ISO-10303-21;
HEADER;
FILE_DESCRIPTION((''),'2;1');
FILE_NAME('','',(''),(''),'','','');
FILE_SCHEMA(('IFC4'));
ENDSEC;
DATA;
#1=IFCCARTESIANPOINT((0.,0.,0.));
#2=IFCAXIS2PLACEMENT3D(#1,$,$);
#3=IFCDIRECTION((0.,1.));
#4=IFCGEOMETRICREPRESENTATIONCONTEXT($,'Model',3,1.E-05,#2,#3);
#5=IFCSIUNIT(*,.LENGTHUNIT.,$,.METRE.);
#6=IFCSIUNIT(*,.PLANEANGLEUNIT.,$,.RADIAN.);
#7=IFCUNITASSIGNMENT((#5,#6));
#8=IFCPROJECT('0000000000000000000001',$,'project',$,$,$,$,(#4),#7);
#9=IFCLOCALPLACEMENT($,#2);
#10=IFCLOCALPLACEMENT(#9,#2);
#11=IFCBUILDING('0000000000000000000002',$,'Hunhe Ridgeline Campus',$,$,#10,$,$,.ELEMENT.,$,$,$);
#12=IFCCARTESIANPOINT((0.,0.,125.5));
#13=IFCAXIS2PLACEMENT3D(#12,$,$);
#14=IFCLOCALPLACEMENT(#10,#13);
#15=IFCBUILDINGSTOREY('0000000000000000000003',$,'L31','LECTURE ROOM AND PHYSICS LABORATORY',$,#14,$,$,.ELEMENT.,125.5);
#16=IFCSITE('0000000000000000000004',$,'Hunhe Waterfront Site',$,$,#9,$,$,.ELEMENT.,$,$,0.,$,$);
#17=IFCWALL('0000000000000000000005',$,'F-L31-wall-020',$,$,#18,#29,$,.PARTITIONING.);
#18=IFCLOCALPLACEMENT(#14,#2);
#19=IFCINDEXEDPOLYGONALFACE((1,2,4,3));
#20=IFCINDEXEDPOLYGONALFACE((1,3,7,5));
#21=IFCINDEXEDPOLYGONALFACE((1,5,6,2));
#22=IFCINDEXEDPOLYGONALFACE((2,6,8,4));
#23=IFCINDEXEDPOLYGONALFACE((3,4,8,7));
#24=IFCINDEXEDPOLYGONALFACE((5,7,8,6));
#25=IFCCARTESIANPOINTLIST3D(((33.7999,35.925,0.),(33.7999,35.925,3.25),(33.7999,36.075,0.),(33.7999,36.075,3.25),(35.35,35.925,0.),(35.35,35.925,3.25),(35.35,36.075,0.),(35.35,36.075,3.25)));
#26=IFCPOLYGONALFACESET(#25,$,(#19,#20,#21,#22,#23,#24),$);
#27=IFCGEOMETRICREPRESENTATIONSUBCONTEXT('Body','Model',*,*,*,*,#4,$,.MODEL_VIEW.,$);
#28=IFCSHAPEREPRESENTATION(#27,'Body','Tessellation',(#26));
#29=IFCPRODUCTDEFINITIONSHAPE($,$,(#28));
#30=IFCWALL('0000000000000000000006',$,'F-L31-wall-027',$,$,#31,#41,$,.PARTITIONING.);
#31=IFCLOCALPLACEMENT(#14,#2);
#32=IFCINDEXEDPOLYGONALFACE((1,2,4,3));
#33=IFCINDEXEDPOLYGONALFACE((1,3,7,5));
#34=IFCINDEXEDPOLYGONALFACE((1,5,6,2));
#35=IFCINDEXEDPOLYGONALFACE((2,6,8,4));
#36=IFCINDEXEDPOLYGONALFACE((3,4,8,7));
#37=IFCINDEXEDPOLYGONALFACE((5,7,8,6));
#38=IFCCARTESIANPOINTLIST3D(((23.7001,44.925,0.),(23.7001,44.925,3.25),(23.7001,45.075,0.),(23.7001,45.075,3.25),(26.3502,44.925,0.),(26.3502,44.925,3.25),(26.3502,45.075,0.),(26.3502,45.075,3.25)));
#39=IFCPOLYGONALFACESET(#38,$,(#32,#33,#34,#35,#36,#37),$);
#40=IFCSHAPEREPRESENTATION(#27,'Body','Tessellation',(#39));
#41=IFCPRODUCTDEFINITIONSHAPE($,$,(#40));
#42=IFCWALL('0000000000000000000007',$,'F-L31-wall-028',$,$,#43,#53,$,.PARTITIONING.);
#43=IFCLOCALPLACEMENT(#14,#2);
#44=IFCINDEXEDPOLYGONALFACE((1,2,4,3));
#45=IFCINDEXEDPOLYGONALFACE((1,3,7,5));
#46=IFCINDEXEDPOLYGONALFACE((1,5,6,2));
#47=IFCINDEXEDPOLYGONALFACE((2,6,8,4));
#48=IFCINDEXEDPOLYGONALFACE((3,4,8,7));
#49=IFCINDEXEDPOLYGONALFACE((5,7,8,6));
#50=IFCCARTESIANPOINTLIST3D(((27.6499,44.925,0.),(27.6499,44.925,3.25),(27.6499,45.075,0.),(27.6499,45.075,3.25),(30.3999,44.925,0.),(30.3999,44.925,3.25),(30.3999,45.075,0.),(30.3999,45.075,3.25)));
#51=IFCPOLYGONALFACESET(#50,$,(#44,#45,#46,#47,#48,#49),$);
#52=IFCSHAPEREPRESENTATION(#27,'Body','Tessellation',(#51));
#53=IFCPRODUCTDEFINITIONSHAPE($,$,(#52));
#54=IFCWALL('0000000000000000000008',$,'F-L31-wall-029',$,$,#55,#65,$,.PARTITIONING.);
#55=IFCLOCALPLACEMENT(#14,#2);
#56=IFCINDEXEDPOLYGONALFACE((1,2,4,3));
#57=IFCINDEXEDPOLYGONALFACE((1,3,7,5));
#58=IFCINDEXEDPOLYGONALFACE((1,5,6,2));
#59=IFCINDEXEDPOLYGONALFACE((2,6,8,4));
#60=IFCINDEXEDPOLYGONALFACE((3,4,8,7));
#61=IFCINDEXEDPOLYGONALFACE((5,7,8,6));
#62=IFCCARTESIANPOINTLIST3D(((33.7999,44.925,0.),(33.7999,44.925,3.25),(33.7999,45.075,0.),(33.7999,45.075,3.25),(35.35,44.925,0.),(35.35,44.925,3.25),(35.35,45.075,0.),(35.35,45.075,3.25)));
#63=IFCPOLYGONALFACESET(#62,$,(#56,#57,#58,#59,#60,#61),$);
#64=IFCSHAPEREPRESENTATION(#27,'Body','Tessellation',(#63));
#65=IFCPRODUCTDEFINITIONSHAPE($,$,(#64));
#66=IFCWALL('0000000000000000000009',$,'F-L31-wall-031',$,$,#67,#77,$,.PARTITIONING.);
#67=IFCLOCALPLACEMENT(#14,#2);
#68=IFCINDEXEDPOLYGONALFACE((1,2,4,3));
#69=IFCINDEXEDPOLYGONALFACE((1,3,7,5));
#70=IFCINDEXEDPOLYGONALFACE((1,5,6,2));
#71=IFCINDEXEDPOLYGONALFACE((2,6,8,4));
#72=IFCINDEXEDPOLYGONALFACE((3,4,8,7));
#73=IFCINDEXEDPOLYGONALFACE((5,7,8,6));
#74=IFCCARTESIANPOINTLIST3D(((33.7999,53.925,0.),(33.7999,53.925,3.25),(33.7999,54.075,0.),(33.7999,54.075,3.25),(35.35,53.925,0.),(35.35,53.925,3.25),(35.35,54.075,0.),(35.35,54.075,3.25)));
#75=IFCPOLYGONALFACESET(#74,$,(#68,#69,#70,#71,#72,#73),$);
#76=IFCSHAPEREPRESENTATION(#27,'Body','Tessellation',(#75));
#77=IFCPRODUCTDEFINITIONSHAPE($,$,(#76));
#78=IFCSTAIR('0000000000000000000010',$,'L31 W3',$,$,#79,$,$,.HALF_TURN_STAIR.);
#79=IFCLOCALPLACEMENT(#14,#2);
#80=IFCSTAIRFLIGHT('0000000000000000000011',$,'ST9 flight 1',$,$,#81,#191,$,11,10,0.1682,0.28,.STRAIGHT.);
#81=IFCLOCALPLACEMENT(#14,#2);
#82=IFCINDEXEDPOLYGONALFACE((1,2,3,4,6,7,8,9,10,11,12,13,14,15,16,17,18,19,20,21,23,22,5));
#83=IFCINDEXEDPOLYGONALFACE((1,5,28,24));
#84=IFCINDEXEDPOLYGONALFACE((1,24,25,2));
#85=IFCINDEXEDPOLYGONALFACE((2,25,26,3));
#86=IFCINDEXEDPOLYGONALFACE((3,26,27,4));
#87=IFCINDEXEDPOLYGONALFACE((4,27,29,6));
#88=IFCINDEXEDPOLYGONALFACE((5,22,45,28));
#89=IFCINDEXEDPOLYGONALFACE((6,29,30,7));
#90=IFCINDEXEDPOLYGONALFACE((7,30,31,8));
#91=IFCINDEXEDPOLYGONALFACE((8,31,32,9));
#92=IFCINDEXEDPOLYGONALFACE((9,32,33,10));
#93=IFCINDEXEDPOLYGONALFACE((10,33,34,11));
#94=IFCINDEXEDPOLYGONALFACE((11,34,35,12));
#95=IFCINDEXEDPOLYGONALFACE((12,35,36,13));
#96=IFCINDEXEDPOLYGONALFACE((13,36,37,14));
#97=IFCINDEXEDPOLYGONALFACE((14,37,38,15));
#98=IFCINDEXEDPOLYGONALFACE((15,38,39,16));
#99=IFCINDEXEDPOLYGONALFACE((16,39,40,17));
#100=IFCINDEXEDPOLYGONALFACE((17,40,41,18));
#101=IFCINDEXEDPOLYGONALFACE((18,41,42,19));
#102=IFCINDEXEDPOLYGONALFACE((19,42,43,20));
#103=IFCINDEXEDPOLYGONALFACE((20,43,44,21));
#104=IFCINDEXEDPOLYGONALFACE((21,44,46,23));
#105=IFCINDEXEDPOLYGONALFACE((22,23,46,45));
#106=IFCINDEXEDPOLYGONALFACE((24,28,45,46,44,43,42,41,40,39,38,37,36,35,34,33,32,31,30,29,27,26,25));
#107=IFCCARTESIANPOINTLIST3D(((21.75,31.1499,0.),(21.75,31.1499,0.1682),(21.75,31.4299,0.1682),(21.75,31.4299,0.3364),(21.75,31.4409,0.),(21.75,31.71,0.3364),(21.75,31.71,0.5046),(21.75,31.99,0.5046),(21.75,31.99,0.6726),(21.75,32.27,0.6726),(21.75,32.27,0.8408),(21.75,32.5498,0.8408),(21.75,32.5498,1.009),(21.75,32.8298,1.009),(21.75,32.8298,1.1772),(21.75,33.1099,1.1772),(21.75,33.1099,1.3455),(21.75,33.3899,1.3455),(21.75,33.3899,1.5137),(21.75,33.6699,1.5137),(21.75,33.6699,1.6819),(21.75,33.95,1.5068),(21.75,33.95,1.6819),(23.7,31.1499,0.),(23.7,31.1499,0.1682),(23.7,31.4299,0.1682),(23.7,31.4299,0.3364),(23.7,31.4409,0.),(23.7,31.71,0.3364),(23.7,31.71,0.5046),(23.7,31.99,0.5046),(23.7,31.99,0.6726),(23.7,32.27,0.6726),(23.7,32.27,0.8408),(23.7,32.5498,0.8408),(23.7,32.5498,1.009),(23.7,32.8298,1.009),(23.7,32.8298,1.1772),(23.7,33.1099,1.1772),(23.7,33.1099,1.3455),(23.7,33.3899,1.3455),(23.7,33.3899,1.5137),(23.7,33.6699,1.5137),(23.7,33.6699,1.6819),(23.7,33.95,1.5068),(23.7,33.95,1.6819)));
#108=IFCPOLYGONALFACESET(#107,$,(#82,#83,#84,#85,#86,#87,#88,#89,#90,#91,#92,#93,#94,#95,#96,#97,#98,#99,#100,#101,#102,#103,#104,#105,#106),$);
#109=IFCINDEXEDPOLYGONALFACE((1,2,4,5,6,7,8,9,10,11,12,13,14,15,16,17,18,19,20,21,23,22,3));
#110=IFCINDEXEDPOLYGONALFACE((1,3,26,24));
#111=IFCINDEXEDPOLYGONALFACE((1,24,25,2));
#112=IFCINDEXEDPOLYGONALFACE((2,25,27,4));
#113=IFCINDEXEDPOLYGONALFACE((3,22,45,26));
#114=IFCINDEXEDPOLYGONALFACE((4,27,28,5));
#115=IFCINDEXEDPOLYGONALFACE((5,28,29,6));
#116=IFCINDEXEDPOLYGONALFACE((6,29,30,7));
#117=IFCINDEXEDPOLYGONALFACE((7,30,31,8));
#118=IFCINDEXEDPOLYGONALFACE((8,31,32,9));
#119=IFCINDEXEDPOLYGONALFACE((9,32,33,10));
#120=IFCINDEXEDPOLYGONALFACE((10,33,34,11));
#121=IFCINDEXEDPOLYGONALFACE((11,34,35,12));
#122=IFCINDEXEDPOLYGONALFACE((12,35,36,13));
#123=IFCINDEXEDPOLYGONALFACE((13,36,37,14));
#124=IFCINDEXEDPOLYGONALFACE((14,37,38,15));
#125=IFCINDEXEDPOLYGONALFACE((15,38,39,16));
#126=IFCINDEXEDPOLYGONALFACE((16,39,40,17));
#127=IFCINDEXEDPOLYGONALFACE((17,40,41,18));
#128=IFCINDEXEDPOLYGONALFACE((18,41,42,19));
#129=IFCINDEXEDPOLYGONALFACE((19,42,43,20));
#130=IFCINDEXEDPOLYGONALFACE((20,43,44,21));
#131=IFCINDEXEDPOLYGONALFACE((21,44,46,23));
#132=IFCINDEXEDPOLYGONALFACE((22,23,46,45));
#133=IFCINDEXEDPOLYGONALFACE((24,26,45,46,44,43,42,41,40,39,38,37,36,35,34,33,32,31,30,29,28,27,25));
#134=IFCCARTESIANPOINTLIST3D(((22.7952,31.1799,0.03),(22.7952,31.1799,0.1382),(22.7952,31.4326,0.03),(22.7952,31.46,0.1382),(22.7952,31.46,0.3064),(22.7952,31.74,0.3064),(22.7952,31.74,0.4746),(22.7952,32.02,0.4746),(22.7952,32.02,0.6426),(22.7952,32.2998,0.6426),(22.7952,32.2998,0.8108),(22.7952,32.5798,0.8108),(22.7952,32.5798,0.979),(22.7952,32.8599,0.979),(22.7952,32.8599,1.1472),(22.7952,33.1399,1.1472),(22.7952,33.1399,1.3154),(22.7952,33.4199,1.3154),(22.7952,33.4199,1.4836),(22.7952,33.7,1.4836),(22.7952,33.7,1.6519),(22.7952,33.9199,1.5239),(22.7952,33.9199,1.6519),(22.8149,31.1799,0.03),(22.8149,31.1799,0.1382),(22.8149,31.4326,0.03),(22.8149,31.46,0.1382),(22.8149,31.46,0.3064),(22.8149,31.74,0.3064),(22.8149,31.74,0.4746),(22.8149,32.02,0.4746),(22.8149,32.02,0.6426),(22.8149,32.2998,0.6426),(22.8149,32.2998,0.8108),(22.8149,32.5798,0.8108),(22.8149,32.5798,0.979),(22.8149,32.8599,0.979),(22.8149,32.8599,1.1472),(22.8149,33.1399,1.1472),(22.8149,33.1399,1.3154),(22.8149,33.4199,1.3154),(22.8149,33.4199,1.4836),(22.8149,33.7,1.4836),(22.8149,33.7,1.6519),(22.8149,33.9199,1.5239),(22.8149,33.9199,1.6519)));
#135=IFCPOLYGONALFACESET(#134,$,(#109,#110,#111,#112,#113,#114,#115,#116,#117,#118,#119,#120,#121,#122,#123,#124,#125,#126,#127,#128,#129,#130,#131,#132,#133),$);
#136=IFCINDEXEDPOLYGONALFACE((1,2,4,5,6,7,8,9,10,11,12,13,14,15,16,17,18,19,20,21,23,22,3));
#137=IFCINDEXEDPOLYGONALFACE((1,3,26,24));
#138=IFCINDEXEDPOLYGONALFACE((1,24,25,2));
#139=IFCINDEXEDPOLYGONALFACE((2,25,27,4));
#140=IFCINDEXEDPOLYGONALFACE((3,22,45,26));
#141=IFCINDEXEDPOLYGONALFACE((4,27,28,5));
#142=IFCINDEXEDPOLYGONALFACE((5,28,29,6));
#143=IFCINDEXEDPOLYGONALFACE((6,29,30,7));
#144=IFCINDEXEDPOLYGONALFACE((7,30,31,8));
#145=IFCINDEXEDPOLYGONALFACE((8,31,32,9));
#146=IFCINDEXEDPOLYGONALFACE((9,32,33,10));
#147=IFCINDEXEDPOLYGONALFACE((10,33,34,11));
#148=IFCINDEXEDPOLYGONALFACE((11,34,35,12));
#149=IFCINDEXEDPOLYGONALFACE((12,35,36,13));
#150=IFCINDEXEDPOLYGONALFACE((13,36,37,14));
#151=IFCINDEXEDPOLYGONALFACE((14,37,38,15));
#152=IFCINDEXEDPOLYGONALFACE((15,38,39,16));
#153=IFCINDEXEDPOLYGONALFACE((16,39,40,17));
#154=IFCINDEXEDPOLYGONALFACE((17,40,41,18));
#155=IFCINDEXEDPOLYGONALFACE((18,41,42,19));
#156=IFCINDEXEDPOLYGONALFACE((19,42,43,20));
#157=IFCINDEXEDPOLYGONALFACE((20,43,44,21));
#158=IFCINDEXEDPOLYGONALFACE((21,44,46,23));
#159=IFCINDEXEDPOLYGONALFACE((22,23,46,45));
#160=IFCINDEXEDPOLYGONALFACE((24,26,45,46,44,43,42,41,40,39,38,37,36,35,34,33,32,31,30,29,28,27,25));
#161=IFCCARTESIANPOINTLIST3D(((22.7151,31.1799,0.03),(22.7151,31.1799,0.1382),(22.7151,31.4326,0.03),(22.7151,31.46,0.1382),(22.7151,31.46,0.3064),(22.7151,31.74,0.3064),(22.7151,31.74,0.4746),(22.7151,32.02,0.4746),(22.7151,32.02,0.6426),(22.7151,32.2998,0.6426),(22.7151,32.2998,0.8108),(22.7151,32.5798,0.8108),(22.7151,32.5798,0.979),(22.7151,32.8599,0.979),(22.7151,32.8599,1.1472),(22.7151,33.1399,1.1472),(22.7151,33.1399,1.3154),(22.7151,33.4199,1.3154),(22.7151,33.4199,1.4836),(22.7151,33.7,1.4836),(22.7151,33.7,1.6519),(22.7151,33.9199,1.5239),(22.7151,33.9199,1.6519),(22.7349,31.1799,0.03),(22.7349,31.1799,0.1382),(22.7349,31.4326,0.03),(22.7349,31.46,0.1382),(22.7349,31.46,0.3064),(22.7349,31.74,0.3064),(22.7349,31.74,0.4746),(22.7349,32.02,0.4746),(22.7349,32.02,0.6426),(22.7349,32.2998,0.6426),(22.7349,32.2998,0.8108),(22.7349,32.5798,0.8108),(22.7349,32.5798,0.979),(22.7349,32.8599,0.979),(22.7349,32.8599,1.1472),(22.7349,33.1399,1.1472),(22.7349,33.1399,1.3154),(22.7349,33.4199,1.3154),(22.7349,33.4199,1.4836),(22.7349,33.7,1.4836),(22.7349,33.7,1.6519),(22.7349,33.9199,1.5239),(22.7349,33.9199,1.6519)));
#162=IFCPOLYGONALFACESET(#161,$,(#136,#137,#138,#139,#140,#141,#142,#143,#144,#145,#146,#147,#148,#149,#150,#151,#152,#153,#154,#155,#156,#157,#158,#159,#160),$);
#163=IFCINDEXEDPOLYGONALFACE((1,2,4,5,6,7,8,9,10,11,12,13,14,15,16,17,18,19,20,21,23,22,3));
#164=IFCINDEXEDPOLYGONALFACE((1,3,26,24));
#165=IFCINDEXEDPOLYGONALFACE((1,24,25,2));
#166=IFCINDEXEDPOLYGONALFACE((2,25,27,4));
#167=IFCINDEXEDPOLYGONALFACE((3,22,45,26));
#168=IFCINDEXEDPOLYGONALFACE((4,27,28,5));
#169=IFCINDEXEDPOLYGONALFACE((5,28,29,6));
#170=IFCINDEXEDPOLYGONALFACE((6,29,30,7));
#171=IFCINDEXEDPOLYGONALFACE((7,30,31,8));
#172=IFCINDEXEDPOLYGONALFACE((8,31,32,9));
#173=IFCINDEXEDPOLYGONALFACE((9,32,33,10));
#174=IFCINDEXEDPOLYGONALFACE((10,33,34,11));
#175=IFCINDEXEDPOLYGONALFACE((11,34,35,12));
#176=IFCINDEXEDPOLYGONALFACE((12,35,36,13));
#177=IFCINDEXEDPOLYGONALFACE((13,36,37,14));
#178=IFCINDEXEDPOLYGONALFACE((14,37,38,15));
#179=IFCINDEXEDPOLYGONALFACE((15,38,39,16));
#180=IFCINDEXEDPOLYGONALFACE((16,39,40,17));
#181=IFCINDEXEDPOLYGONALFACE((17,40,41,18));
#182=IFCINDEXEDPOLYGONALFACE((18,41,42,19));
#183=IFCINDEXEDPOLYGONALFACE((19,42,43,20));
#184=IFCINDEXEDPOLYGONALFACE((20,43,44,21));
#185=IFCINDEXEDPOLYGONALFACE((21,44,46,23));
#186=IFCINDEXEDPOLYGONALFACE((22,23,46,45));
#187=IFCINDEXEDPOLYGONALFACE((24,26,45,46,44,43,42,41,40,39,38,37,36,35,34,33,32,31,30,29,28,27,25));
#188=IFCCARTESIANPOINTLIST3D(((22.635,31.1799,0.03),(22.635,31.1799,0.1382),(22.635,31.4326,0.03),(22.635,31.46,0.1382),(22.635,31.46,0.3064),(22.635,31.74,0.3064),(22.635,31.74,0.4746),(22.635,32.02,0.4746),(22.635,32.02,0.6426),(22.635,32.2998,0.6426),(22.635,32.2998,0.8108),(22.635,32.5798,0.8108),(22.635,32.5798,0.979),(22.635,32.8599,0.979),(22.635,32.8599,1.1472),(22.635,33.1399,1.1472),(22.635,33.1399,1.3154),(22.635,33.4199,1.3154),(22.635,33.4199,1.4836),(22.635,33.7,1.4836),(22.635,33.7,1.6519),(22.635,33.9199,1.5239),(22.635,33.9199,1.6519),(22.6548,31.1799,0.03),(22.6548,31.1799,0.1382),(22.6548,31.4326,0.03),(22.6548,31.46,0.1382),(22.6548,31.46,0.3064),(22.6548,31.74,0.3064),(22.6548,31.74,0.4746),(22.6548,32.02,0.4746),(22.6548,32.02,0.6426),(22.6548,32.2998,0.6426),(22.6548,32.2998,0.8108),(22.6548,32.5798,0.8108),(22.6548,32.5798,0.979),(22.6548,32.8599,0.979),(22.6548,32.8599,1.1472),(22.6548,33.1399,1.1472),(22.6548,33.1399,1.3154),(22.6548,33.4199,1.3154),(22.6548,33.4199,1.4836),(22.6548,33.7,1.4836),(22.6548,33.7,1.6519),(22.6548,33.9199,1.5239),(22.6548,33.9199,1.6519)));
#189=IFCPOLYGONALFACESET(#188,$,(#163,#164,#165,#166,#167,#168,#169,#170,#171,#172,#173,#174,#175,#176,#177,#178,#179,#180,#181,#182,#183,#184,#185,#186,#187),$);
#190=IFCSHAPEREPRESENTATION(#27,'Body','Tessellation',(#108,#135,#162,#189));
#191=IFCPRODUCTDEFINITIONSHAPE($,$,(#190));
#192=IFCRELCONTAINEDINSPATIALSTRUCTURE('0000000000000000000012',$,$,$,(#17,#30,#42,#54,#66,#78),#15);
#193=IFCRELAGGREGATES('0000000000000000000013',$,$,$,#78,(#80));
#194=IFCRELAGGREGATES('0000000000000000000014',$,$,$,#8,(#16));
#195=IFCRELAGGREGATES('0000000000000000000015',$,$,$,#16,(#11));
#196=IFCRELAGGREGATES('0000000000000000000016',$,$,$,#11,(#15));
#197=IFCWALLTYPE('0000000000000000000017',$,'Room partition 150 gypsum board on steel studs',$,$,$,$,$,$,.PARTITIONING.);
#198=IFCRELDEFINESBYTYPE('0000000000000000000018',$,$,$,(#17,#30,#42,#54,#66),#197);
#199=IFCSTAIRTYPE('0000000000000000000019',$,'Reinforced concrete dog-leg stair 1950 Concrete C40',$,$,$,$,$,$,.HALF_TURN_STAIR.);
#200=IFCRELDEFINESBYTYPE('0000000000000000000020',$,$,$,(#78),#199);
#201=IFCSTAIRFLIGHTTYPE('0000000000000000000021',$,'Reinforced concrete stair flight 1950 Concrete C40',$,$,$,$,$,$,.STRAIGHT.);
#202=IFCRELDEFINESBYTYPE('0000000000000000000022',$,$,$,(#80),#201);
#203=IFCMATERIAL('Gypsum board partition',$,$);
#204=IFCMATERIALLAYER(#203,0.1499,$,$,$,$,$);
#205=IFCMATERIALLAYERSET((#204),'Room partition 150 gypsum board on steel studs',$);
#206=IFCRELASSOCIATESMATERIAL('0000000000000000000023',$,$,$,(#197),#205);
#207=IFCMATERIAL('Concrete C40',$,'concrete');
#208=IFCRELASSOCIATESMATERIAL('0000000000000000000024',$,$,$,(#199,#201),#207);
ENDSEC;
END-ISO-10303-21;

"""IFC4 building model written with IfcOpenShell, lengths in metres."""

from ifc_helpers import new_model, si_unit, direction, frame, frame_2d, origin, place, context, subcontext, project, spatial, polyline, rectangle, outline, extrude, material, layer, layer_set, type_object, element, aggregate, save


model = new_model("IFC4")

# Units and contexts
model_context = context("Model", 3, precision=1e-05, world=origin(), true_north=direction((0.0, 1.0)))
body_context = subcontext(model_context, "Body", "Model", "MODEL_VIEW")
ifc_project = project(units=[si_unit("LENGTHUNIT", "METRE"), si_unit("PLANEANGLEUNIT", "RADIAN")], contexts=[model_context])

# Site, building, storey
site_placement = place(None, origin())
site = spatial("IfcSite", under=ifc_project, at=site_placement, Name="Hunhe Waterfront Site", CompositionType="ELEMENT", RefElevation=0.0)
building_placement = place(site_placement, origin())
building = spatial("IfcBuilding", under=site, at=building_placement, Name="Hunhe Ridgeline Campus", CompositionType="ELEMENT")
storey_placement = place(building_placement, frame((0.0, 0.0, 125.5)))
storey = spatial("IfcBuildingStorey", under=building, at=storey_placement, Name="L31", Description="LECTURE ROOM AND PHYSICS LABORATORY", CompositionType="ELEMENT", Elevation=125.5)

# Shared definitions
ifc_material_1 = material(Name="Gypsum board partition")

# Walls
ifc_layer_1 = layer(ifc_material_1, 0.1499)
ifc_layer_set_1 = layer_set([ifc_layer_1], Name="Room partition 150 gypsum board on steel studs")
wall_type_1 = type_object("IfcWallType", Name="Room partition 150 gypsum board on steel studs", PredefinedType="PARTITIONING", material=ifc_layer_set_1)
wall_1_placement = place(storey_placement, frame((33.8, 36.0, 0.0), z_axis=(0.0, 0.0, 1.0), x_axis=(1.0, 0.0, 0.0)))
element("IfcWall", 1, at=wall_1_placement, inside=storey, type_object=wall_type_1, Name="F-L31-wall-020", PredefinedType="PARTITIONING", context=body_context, shape_type="SweptSolid", body=[
    extrude(rectangle(XDim=1.55, YDim=0.1499, at=frame_2d((0.7749, 0.0))), origin(), (0.0, 0.0, 1.0), 3.25),
])
wall_2_placement = place(storey_placement, frame((23.7, 45.0, 0.0), z_axis=(0.0, 0.0, 1.0), x_axis=(1.0, 0.0, 0.0)))
element("IfcWall", 2, at=wall_2_placement, inside=storey, type_object=wall_type_1, Name="F-L31-wall-027", PredefinedType="PARTITIONING", context=body_context, shape_type="SweptSolid", body=[
    extrude(rectangle(XDim=2.6501, YDim=0.1499, at=frame_2d((1.3252, 0.0))), origin(), (0.0, 0.0, 1.0), 3.25),
])
wall_3_placement = place(storey_placement, frame((27.6499, 45.0, 0.0), z_axis=(0.0, 0.0, 1.0), x_axis=(1.0, 0.0, 0.0)))
element("IfcWall", 3, at=wall_3_placement, inside=storey, type_object=wall_type_1, Name="F-L31-wall-028", PredefinedType="PARTITIONING", context=body_context, shape_type="SweptSolid", body=[
    extrude(rectangle(XDim=2.75, YDim=0.1499, at=frame_2d((1.375, 0.0))), origin(), (0.0, 0.0, 1.0), 3.25),
])
for number, where, z_axis, x_axis, name in (
    (4, (33.8, 45.0, 0.0), (0.0, 0.0, 1.0), (1.0, 0.0, 0.0), "F-L31-wall-029"),
    (5, (33.8, 54.0, 0.0), (0.0, 0.0, 1.0), (1.0, 0.0, 0.0), "F-L31-wall-031"),
):
    element("IfcWall", number, at=place(storey_placement, frame(where, z_axis=z_axis, x_axis=x_axis)), inside=storey, type_object=wall_type_1, Name=name, PredefinedType="PARTITIONING", context=body_context, shape_type="SweptSolid", body=[
        extrude(rectangle(XDim=1.55, YDim=0.1499, at=frame_2d((0.7749, 0.0))), origin(), (0.0, 0.0, 1.0), 3.25),
    ])

# Stair, stair flight
ifc_material_2 = material(Name="Concrete C40", Category="concrete")
stair_type = type_object("IfcStairType", Name="Reinforced concrete dog-leg stair 1950 Concrete C40", PredefinedType="HALF_TURN_STAIR", material=ifc_material_2)
stair_placement = place(storey_placement, origin())
stair = element("IfcStair", 6, at=stair_placement, inside=storey, type_object=stair_type, Name="L31 W3", PredefinedType="HALF_TURN_STAIR")
stair_flight_type = type_object("IfcStairFlightType", Name="Reinforced concrete stair flight 1950 Concrete C40", PredefinedType="STRAIGHT", material=ifc_material_2)
stair_flight_placement = place(storey_placement, frame((22.7251, 31.1499, 0.0), z_axis=(0.0, 0.0, 1.0), x_axis=(0.0, 1.0, 0.0)))
stair_flight = element("IfcStairFlight", 7, at=stair_flight_placement, type_object=stair_flight_type, Name="ST9 flight 1", NumberOfRisers=11, NumberOfTreads=10, PredefinedType="STRAIGHT", RiserHeight=0.1682, TreadLength=0.28, context=body_context, shape_type="SweptSolid", body=[
    extrude(outline(polyline([(0.0, 0.0), (0.0, 0.1682), (0.28, 0.1682), (0.28, 0.3364), (0.5601, 0.3364), (0.5601, 0.5046), (0.8401, 0.5046), (0.8401, 0.6726), (1.1201, 0.6726), (1.1201, 0.8408), (1.3999, 0.8408), (1.3999, 1.009), (1.6799, 1.009), (1.6799, 1.1772), (1.96, 1.1772), (1.96, 1.3455), (2.24, 1.3455), (2.24, 1.5137), (2.52, 1.5137), (2.52, 1.6819), (2.8, 1.6819), (2.8, 1.8501), (2.8, 1.5068), (0.291, 0.0), (0.0, 0.0)])), frame((0.0, 0.9751, 0.0), z_axis=(0.0, -1.0, 0.0), x_axis=(1.0, 0.0, 0.0)), (0.0, 0.0, 1.0), 1.95),
    extrude(outline(polyline([(0.03, 0.03), (0.03, 0.1382), (0.3101, 0.1382), (0.3101, 0.3064), (0.5901, 0.3064), (0.5901, 0.4746), (0.8701, 0.4746), (0.8701, 0.6426), (1.1499, 0.6426), (1.1499, 0.8108), (1.4299, 0.8108), (1.4299, 0.979), (1.71, 0.979), (1.71, 1.1472), (1.99, 1.1472), (1.99, 1.3154), (2.27, 1.3154), (2.27, 1.4836), (2.55, 1.4836), (2.55, 1.6519), (2.77, 1.6519), (2.77, 1.5239), (0.2827, 0.03), (0.03, 0.03)])), frame((0.0, -0.0701, 0.0), z_axis=(0.0, -1.0, 0.0), x_axis=(1.0, 0.0, 0.0)), (0.0, 0.0, 1.0), 0.0198),
    extrude(outline(polyline([(0.03, 0.03), (0.03, 0.1382), (0.3101, 0.1382), (0.3101, 0.3064), (0.5901, 0.3064), (0.5901, 0.4746), (0.8701, 0.4746), (0.8701, 0.6426), (1.1499, 0.6426), (1.1499, 0.8108), (1.4299, 0.8108), (1.4299, 0.979), (1.71, 0.979), (1.71, 1.1472), (1.99, 1.1472), (1.99, 1.3154), (2.27, 1.3154), (2.27, 1.4836), (2.55, 1.4836), (2.55, 1.6519), (2.77, 1.6519), (2.77, 1.5239), (0.2827, 0.03), (0.03, 0.03)])), frame((0.0, 0.01, 0.0), z_axis=(0.0, -1.0, 0.0), x_axis=(1.0, 0.0, 0.0)), (0.0, 0.0, 1.0), 0.0198),
    extrude(outline(polyline([(0.03, 0.03), (0.03, 0.1382), (0.3101, 0.1382), (0.3101, 0.3064), (0.5901, 0.3064), (0.5901, 0.4746), (0.8701, 0.4746), (0.8701, 0.6426), (1.1499, 0.6426), (1.1499, 0.8108), (1.4299, 0.8108), (1.4299, 0.979), (1.71, 0.979), (1.71, 1.1472), (1.99, 1.1472), (1.99, 1.3154), (2.27, 1.3154), (2.27, 1.4836), (2.55, 1.4836), (2.55, 1.6519), (2.77, 1.6519), (2.77, 1.5239), (0.2827, 0.03), (0.03, 0.03)])), frame((0.0, 0.0901, 0.0), z_axis=(0.0, -1.0, 0.0), x_axis=(1.0, 0.0, 0.0)), (0.0, 0.0, 1.0), 0.0198),
])
aggregate(stair, [stair_flight])

save(model, "model.ifc")
